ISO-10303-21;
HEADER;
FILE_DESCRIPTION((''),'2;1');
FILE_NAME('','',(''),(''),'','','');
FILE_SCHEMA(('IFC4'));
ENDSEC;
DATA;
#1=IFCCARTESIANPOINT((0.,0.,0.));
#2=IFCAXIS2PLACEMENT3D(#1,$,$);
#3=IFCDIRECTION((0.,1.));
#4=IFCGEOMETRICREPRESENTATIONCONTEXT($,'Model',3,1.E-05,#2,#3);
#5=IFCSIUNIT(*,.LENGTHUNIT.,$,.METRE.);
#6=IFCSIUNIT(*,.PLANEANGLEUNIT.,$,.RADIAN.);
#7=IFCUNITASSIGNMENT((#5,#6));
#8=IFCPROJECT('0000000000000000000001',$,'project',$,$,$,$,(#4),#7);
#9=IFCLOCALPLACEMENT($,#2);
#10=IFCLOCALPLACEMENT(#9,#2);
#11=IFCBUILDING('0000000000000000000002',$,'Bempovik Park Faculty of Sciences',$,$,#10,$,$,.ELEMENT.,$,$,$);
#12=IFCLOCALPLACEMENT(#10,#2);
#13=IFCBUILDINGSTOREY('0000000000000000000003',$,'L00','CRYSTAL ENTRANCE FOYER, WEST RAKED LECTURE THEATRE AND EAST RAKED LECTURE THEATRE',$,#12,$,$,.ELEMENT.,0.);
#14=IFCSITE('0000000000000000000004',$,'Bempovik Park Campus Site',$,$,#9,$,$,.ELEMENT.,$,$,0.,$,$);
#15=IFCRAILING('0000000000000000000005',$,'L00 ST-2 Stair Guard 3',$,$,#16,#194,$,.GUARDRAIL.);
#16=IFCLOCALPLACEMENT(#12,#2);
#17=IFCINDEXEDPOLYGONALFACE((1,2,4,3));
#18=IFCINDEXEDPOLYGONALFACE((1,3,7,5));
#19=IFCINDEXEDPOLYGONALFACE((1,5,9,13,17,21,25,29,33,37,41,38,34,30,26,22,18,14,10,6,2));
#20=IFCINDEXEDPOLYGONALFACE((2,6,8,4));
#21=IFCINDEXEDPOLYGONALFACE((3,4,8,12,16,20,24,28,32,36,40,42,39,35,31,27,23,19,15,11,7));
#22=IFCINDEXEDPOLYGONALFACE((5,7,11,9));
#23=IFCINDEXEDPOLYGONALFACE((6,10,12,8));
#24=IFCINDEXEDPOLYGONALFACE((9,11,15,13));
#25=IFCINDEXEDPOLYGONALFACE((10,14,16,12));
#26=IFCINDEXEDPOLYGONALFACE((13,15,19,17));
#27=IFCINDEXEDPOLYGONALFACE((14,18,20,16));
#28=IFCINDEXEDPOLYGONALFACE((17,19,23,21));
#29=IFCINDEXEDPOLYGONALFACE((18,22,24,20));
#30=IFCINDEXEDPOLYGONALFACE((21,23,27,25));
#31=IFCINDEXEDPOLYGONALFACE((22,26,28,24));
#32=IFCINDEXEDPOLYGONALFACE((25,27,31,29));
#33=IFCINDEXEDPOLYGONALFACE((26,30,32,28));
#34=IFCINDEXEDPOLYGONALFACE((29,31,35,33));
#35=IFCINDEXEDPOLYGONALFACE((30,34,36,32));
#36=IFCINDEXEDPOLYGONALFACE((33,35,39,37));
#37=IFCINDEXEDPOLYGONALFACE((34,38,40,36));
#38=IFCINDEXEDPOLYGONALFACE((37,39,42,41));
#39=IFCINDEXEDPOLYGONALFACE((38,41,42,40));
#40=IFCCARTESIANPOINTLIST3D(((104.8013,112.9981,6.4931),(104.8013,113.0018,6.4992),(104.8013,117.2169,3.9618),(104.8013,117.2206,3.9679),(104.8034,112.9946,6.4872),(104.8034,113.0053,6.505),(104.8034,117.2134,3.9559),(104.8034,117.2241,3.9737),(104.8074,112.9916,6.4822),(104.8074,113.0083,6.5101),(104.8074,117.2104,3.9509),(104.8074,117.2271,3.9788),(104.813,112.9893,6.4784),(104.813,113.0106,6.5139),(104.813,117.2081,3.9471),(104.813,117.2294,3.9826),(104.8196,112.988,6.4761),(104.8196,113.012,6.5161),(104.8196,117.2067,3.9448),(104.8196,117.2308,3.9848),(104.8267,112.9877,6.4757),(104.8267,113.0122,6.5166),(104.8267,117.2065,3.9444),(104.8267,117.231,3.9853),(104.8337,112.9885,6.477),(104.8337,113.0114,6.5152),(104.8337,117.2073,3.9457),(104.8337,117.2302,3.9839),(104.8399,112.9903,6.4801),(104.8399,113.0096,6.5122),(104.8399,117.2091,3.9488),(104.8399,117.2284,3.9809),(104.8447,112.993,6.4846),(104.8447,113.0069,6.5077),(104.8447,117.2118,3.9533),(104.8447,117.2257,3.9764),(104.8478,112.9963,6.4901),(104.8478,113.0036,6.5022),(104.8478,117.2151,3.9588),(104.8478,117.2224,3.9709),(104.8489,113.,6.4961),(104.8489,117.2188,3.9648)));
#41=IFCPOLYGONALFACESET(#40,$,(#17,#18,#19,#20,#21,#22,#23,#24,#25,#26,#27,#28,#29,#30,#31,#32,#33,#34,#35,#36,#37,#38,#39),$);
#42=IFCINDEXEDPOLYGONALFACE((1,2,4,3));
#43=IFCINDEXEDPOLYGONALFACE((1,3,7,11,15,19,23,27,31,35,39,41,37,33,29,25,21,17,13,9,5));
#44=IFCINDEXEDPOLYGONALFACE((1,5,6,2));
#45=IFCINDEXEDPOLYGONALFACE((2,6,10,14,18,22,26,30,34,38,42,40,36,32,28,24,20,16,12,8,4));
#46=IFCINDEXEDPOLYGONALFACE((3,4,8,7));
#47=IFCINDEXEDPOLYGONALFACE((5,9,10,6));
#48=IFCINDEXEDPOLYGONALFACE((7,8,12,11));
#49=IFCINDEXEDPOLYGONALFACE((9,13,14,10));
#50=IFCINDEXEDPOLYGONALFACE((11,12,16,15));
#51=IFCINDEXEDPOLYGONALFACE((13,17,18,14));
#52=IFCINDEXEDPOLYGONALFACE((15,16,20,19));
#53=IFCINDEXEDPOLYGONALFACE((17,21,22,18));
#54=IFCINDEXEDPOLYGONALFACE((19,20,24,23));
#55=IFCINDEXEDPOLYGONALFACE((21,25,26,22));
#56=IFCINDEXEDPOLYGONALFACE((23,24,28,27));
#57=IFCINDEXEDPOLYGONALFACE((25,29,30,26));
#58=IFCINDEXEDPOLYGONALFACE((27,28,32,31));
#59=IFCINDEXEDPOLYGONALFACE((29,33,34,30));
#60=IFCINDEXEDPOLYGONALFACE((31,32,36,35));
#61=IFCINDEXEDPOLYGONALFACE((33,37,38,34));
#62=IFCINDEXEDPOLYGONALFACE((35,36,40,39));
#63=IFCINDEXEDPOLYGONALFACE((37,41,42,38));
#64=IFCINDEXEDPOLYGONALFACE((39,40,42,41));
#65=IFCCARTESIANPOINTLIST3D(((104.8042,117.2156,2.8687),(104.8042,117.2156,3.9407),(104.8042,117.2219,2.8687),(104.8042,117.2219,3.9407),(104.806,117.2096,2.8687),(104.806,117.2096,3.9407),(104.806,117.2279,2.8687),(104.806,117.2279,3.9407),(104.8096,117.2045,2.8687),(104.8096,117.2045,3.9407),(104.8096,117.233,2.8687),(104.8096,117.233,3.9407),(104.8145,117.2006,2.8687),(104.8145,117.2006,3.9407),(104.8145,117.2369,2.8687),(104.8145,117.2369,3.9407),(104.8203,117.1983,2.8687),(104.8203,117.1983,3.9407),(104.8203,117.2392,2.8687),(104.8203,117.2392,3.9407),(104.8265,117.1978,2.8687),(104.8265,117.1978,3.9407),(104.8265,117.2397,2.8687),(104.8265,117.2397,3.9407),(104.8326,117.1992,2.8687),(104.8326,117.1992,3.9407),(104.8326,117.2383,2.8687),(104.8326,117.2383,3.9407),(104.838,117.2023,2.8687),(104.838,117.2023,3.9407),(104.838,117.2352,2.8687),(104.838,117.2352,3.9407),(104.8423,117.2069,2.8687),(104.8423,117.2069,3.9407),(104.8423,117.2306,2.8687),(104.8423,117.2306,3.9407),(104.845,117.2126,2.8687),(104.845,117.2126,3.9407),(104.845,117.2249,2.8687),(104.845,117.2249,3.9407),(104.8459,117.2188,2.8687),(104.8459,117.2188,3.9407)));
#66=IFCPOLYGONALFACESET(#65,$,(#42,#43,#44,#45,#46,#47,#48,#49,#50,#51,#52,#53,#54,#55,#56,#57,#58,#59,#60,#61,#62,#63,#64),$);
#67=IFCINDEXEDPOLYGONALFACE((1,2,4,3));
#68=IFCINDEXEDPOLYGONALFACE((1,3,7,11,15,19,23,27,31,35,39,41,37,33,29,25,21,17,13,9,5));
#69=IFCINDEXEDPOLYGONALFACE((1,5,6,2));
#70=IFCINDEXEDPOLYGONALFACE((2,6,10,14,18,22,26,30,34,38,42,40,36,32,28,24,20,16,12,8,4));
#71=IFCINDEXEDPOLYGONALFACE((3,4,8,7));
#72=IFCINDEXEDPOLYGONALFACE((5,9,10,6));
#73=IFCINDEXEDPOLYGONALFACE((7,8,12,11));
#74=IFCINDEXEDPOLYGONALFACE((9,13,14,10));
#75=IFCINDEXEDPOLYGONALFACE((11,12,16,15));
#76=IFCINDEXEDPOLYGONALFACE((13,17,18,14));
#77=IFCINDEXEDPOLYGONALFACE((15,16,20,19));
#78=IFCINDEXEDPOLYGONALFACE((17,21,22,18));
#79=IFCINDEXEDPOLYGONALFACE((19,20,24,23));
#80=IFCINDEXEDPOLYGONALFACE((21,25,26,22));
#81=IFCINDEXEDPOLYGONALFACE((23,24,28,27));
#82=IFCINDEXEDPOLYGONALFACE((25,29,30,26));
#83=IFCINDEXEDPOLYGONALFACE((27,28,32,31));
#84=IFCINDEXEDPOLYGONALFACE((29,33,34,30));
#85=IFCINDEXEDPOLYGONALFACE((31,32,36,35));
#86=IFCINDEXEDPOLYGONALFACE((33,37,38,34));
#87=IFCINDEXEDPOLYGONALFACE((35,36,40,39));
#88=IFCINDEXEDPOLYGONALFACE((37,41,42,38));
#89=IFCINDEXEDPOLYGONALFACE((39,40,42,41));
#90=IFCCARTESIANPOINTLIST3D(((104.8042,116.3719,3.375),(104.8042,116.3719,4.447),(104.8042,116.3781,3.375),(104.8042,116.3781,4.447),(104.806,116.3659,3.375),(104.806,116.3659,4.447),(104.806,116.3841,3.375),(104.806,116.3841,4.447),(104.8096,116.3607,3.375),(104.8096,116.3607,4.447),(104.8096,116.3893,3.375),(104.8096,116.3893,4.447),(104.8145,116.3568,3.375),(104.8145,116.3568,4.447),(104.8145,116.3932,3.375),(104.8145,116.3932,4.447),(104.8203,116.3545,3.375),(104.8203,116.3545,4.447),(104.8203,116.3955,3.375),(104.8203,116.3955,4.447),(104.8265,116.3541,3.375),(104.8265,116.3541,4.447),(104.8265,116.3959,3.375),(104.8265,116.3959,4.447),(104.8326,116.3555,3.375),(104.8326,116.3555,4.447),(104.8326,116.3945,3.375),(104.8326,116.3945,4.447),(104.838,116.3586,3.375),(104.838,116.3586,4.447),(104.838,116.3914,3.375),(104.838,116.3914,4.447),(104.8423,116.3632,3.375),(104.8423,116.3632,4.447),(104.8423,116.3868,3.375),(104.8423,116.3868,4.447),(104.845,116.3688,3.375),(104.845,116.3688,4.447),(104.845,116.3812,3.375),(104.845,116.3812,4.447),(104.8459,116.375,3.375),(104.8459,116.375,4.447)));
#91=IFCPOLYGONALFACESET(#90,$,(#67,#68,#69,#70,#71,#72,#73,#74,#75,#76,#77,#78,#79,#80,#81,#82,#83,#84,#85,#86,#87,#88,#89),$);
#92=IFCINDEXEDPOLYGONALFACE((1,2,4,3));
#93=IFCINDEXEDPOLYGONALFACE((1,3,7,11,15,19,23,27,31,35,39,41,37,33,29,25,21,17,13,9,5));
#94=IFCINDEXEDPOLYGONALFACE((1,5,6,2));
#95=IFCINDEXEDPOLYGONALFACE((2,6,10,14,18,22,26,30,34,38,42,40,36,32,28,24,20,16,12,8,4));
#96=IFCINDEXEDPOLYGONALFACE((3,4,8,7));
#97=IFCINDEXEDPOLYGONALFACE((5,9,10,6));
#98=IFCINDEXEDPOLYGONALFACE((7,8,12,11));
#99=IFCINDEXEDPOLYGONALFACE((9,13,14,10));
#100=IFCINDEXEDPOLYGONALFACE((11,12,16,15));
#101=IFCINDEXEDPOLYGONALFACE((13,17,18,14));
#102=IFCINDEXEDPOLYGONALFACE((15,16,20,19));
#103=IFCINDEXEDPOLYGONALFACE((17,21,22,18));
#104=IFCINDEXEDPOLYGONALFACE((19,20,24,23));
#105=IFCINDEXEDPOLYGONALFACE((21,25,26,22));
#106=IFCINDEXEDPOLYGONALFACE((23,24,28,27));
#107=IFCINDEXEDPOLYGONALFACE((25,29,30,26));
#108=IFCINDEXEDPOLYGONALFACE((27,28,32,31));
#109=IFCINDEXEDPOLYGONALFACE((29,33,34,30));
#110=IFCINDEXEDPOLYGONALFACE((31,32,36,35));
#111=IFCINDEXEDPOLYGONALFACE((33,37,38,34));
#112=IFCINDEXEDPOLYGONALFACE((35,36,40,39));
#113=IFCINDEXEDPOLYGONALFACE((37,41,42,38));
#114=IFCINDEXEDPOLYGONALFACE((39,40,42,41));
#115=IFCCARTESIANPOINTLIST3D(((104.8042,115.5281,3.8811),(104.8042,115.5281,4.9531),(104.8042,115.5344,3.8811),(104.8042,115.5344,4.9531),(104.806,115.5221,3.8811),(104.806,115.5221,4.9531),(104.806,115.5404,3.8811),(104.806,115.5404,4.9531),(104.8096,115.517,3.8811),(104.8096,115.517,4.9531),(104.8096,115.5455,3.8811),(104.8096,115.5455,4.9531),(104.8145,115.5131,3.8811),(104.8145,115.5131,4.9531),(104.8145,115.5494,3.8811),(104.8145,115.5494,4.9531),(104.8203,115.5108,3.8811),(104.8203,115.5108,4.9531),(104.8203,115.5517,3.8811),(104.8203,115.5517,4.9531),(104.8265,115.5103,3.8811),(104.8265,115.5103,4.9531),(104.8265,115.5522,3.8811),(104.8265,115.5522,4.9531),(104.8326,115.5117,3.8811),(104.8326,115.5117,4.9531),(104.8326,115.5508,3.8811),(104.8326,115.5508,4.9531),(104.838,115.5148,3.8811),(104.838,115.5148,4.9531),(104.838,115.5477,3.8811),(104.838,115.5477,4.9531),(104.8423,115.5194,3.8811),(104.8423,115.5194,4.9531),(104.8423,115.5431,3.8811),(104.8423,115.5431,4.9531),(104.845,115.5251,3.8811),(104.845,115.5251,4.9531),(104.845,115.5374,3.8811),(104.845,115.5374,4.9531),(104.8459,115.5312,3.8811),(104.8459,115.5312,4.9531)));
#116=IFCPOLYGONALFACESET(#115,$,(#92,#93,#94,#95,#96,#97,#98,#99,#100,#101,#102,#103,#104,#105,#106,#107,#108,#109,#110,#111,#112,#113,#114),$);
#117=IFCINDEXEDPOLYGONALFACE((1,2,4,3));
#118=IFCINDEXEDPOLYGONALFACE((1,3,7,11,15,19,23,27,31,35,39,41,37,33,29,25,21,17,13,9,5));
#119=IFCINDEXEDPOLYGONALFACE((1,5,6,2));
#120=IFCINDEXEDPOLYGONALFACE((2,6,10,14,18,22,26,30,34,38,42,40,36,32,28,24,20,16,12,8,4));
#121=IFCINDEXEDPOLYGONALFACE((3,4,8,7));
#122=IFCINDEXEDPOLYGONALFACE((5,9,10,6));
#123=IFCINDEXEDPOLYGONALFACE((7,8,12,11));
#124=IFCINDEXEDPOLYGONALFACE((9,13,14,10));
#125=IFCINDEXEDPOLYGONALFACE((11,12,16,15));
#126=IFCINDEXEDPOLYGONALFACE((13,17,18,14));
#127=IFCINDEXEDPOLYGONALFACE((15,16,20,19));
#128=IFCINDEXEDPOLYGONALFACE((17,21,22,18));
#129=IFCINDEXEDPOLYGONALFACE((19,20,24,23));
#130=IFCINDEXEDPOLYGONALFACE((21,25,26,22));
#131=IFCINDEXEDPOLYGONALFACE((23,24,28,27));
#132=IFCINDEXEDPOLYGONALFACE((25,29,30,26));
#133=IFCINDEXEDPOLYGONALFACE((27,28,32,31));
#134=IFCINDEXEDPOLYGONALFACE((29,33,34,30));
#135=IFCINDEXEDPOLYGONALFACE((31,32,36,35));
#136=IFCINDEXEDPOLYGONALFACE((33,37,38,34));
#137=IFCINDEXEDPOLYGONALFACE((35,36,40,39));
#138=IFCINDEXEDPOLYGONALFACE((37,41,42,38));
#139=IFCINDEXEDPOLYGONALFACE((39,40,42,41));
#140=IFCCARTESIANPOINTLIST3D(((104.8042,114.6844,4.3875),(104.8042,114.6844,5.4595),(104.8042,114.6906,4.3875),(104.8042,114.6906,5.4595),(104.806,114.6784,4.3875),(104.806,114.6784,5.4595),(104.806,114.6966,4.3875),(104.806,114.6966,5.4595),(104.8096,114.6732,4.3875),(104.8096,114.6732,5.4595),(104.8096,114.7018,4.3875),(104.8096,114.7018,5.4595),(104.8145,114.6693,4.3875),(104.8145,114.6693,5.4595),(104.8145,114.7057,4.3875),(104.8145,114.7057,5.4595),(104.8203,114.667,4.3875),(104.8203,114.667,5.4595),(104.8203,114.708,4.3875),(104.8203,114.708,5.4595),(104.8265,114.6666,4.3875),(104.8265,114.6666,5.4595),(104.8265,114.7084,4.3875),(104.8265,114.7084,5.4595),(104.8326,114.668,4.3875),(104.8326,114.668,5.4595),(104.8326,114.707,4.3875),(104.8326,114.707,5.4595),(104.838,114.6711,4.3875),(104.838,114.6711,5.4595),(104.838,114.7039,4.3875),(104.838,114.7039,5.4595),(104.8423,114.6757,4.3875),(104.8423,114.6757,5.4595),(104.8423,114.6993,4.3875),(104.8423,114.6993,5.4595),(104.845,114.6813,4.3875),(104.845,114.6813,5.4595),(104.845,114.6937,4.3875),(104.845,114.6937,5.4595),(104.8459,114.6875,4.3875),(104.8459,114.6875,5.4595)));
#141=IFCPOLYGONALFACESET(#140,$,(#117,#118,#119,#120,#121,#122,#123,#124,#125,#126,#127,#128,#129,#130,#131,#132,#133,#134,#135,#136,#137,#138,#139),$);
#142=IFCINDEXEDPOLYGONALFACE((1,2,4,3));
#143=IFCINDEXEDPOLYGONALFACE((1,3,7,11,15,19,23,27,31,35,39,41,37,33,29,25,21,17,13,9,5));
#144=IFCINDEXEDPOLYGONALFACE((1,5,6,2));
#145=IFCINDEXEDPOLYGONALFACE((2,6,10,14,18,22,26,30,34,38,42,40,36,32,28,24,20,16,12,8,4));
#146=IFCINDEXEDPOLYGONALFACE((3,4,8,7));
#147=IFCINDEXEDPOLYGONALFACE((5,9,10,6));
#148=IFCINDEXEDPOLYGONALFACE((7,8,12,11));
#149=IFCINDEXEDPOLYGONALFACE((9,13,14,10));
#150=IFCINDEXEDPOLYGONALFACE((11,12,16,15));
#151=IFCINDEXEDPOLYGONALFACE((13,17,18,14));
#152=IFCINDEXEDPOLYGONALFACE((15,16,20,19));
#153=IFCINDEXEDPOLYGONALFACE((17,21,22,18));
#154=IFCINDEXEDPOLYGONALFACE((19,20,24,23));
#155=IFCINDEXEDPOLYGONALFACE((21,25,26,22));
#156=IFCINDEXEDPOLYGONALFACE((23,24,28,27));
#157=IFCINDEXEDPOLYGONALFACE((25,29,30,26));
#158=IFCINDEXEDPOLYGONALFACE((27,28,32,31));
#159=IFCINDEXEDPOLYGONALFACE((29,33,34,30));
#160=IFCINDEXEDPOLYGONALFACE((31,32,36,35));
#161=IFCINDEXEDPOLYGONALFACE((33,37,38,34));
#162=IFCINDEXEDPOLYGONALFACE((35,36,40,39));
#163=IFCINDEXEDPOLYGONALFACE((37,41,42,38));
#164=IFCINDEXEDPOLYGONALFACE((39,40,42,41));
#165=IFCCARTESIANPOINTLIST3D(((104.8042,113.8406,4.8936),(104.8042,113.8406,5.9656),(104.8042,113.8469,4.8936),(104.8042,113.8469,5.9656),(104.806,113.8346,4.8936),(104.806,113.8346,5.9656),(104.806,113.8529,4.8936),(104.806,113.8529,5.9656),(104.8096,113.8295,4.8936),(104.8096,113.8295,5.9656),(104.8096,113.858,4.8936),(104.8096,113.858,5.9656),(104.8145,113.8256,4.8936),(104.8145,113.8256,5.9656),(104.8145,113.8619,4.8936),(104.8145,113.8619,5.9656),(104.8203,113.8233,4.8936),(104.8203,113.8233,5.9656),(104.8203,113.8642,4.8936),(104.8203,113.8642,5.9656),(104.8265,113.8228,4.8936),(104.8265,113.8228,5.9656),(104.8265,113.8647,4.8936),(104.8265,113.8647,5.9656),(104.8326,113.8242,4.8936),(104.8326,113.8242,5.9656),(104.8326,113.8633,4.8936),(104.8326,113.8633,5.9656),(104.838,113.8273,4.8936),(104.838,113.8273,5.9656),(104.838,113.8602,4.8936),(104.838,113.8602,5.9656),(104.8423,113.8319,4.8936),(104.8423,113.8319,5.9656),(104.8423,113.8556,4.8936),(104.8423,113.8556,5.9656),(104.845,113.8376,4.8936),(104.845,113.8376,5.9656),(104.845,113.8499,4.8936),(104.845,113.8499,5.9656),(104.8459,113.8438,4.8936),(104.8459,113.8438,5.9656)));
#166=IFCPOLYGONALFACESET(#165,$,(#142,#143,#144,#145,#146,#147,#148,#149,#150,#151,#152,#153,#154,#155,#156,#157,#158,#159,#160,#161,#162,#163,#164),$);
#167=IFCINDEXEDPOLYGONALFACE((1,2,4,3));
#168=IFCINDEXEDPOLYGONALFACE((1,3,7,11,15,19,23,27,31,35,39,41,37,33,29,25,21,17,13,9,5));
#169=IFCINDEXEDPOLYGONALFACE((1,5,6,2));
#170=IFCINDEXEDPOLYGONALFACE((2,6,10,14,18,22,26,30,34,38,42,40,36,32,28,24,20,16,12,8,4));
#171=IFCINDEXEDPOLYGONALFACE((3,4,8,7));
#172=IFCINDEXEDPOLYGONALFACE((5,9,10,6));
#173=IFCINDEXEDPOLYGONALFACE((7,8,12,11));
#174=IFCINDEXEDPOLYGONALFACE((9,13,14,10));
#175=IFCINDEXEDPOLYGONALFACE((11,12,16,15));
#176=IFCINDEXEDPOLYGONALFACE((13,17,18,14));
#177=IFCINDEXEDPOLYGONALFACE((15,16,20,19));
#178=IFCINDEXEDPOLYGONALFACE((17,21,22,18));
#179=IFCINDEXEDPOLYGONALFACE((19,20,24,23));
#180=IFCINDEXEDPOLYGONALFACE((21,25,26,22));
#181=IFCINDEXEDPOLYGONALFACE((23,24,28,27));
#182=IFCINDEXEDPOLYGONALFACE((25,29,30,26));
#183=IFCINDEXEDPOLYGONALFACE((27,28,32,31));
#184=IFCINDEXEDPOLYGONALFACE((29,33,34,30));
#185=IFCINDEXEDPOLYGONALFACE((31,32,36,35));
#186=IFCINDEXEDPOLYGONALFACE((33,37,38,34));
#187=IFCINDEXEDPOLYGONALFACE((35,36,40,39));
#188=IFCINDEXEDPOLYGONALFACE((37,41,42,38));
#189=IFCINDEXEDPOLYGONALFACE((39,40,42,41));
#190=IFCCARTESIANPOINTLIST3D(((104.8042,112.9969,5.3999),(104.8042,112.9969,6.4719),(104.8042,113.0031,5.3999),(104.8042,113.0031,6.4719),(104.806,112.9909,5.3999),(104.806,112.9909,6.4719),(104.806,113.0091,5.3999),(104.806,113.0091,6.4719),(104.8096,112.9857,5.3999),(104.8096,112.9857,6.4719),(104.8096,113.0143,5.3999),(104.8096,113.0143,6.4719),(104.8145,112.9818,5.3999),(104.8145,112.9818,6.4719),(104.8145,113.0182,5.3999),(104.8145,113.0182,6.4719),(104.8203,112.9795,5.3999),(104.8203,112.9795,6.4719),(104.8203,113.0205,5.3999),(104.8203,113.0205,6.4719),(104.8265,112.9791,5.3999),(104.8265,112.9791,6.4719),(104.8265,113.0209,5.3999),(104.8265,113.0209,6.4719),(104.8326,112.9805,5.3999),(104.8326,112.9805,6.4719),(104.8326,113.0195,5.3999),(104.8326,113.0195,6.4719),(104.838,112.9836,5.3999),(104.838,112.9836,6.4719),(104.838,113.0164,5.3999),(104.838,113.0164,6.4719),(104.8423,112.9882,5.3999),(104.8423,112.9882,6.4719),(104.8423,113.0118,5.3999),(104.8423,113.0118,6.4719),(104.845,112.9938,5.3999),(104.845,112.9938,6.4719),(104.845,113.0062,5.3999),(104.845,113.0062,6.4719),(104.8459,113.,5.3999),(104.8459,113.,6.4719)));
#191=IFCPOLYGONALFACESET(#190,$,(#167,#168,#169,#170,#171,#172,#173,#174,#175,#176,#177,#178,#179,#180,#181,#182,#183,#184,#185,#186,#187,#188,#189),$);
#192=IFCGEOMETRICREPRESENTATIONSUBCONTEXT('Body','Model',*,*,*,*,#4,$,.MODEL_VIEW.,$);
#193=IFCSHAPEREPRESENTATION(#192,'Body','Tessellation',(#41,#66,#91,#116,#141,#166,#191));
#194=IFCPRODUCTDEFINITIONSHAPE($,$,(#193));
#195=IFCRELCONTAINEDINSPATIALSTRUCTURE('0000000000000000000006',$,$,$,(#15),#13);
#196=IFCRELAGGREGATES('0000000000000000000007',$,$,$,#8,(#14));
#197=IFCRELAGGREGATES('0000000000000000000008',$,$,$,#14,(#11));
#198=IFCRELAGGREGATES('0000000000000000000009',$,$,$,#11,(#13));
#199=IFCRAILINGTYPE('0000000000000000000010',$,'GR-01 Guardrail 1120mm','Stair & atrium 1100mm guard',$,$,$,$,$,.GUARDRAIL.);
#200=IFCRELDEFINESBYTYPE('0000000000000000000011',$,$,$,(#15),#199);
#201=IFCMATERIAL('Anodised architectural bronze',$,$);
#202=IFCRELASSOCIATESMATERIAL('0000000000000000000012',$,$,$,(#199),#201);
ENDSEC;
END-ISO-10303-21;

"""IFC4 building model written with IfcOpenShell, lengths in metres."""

from ifc_helpers import new_model, si_unit, direction, frame, origin, origin_2d, place, context, subcontext, project, spatial, circle, extrude, material, type_object, element, save


model = new_model("IFC4")

# Units and contexts
model_context = context("Model", 3, precision=1e-05, world=origin(), true_north=direction((0.0, 1.0)))
body_context = subcontext(model_context, "Body", "Model", "MODEL_VIEW")
ifc_project = project(units=[si_unit("LENGTHUNIT", "METRE"), si_unit("PLANEANGLEUNIT", "RADIAN")], contexts=[model_context])

# Site, building, storey
site_placement = place(None, origin())
site = spatial("IfcSite", under=ifc_project, at=site_placement, Name="Bempovik Park Campus Site", CompositionType="ELEMENT", RefElevation=0.0)
building_placement = place(site_placement, origin())
building = spatial("IfcBuilding", under=site, at=building_placement, Name="Bempovik Park Faculty of Sciences", CompositionType="ELEMENT")
storey_placement = place(building_placement, origin())
storey = spatial("IfcBuildingStorey", under=building, at=storey_placement, Name="L00", Description="CRYSTAL ENTRANCE FOYER, WEST RAKED LECTURE THEATRE AND EAST RAKED LECTURE THEATRE", CompositionType="ELEMENT", Elevation=0.0)

# Railing
ifc_material_1 = material(Name="Anodised architectural bronze")
railing_type_1 = type_object("IfcRailingType", Name="GR-01 Guardrail 1120mm", Description="Stair & atrium 1100mm guard", PredefinedType="GUARDRAIL", material=ifc_material_1)
railing_1_placement = place(storey_placement, frame((104.825, 117.2188, 2.8687)))
element("IfcRailing", 1, at=railing_1_placement, inside=storey, type_object=railing_type_1, Name="L00 ST-2 Stair Guard 3", PredefinedType="GUARDRAIL", context=body_context, shape_type="SweptSolid", body=[
    extrude(circle(Radius=0.0239, at=origin_2d()), frame((0.0, 0.0, 1.0962), z_axis=(0.0, -0.857493, 0.514496), x_axis=(1.0, 0.0, 0.0)), (0.0, 0.0, 1.0), 4.9199),
    extrude(circle(Radius=0.021, at=origin_2d()), origin(), (0.0, 0.0, 1.0), 1.072),
    extrude(circle(Radius=0.021, at=origin_2d()), frame((0.0, -0.8438, 0.5063)), (0.0, 0.0, 1.0), 1.072),
    extrude(circle(Radius=0.021, at=origin_2d()), frame((0.0, -1.6875, 1.0125)), (0.0, 0.0, 1.0), 1.072),
    extrude(circle(Radius=0.021, at=origin_2d()), frame((0.0, -2.5312, 1.5188)), (0.0, 0.0, 1.0), 1.072),
    extrude(circle(Radius=0.021, at=origin_2d()), frame((0.0, -3.375, 2.0249)), (0.0, 0.0, 1.0), 1.072),
    extrude(circle(Radius=0.021, at=origin_2d()), frame((0.0, -4.2188, 2.5312)), (0.0, 0.0, 1.0), 1.072),
])

save(model, "model.ifc")
